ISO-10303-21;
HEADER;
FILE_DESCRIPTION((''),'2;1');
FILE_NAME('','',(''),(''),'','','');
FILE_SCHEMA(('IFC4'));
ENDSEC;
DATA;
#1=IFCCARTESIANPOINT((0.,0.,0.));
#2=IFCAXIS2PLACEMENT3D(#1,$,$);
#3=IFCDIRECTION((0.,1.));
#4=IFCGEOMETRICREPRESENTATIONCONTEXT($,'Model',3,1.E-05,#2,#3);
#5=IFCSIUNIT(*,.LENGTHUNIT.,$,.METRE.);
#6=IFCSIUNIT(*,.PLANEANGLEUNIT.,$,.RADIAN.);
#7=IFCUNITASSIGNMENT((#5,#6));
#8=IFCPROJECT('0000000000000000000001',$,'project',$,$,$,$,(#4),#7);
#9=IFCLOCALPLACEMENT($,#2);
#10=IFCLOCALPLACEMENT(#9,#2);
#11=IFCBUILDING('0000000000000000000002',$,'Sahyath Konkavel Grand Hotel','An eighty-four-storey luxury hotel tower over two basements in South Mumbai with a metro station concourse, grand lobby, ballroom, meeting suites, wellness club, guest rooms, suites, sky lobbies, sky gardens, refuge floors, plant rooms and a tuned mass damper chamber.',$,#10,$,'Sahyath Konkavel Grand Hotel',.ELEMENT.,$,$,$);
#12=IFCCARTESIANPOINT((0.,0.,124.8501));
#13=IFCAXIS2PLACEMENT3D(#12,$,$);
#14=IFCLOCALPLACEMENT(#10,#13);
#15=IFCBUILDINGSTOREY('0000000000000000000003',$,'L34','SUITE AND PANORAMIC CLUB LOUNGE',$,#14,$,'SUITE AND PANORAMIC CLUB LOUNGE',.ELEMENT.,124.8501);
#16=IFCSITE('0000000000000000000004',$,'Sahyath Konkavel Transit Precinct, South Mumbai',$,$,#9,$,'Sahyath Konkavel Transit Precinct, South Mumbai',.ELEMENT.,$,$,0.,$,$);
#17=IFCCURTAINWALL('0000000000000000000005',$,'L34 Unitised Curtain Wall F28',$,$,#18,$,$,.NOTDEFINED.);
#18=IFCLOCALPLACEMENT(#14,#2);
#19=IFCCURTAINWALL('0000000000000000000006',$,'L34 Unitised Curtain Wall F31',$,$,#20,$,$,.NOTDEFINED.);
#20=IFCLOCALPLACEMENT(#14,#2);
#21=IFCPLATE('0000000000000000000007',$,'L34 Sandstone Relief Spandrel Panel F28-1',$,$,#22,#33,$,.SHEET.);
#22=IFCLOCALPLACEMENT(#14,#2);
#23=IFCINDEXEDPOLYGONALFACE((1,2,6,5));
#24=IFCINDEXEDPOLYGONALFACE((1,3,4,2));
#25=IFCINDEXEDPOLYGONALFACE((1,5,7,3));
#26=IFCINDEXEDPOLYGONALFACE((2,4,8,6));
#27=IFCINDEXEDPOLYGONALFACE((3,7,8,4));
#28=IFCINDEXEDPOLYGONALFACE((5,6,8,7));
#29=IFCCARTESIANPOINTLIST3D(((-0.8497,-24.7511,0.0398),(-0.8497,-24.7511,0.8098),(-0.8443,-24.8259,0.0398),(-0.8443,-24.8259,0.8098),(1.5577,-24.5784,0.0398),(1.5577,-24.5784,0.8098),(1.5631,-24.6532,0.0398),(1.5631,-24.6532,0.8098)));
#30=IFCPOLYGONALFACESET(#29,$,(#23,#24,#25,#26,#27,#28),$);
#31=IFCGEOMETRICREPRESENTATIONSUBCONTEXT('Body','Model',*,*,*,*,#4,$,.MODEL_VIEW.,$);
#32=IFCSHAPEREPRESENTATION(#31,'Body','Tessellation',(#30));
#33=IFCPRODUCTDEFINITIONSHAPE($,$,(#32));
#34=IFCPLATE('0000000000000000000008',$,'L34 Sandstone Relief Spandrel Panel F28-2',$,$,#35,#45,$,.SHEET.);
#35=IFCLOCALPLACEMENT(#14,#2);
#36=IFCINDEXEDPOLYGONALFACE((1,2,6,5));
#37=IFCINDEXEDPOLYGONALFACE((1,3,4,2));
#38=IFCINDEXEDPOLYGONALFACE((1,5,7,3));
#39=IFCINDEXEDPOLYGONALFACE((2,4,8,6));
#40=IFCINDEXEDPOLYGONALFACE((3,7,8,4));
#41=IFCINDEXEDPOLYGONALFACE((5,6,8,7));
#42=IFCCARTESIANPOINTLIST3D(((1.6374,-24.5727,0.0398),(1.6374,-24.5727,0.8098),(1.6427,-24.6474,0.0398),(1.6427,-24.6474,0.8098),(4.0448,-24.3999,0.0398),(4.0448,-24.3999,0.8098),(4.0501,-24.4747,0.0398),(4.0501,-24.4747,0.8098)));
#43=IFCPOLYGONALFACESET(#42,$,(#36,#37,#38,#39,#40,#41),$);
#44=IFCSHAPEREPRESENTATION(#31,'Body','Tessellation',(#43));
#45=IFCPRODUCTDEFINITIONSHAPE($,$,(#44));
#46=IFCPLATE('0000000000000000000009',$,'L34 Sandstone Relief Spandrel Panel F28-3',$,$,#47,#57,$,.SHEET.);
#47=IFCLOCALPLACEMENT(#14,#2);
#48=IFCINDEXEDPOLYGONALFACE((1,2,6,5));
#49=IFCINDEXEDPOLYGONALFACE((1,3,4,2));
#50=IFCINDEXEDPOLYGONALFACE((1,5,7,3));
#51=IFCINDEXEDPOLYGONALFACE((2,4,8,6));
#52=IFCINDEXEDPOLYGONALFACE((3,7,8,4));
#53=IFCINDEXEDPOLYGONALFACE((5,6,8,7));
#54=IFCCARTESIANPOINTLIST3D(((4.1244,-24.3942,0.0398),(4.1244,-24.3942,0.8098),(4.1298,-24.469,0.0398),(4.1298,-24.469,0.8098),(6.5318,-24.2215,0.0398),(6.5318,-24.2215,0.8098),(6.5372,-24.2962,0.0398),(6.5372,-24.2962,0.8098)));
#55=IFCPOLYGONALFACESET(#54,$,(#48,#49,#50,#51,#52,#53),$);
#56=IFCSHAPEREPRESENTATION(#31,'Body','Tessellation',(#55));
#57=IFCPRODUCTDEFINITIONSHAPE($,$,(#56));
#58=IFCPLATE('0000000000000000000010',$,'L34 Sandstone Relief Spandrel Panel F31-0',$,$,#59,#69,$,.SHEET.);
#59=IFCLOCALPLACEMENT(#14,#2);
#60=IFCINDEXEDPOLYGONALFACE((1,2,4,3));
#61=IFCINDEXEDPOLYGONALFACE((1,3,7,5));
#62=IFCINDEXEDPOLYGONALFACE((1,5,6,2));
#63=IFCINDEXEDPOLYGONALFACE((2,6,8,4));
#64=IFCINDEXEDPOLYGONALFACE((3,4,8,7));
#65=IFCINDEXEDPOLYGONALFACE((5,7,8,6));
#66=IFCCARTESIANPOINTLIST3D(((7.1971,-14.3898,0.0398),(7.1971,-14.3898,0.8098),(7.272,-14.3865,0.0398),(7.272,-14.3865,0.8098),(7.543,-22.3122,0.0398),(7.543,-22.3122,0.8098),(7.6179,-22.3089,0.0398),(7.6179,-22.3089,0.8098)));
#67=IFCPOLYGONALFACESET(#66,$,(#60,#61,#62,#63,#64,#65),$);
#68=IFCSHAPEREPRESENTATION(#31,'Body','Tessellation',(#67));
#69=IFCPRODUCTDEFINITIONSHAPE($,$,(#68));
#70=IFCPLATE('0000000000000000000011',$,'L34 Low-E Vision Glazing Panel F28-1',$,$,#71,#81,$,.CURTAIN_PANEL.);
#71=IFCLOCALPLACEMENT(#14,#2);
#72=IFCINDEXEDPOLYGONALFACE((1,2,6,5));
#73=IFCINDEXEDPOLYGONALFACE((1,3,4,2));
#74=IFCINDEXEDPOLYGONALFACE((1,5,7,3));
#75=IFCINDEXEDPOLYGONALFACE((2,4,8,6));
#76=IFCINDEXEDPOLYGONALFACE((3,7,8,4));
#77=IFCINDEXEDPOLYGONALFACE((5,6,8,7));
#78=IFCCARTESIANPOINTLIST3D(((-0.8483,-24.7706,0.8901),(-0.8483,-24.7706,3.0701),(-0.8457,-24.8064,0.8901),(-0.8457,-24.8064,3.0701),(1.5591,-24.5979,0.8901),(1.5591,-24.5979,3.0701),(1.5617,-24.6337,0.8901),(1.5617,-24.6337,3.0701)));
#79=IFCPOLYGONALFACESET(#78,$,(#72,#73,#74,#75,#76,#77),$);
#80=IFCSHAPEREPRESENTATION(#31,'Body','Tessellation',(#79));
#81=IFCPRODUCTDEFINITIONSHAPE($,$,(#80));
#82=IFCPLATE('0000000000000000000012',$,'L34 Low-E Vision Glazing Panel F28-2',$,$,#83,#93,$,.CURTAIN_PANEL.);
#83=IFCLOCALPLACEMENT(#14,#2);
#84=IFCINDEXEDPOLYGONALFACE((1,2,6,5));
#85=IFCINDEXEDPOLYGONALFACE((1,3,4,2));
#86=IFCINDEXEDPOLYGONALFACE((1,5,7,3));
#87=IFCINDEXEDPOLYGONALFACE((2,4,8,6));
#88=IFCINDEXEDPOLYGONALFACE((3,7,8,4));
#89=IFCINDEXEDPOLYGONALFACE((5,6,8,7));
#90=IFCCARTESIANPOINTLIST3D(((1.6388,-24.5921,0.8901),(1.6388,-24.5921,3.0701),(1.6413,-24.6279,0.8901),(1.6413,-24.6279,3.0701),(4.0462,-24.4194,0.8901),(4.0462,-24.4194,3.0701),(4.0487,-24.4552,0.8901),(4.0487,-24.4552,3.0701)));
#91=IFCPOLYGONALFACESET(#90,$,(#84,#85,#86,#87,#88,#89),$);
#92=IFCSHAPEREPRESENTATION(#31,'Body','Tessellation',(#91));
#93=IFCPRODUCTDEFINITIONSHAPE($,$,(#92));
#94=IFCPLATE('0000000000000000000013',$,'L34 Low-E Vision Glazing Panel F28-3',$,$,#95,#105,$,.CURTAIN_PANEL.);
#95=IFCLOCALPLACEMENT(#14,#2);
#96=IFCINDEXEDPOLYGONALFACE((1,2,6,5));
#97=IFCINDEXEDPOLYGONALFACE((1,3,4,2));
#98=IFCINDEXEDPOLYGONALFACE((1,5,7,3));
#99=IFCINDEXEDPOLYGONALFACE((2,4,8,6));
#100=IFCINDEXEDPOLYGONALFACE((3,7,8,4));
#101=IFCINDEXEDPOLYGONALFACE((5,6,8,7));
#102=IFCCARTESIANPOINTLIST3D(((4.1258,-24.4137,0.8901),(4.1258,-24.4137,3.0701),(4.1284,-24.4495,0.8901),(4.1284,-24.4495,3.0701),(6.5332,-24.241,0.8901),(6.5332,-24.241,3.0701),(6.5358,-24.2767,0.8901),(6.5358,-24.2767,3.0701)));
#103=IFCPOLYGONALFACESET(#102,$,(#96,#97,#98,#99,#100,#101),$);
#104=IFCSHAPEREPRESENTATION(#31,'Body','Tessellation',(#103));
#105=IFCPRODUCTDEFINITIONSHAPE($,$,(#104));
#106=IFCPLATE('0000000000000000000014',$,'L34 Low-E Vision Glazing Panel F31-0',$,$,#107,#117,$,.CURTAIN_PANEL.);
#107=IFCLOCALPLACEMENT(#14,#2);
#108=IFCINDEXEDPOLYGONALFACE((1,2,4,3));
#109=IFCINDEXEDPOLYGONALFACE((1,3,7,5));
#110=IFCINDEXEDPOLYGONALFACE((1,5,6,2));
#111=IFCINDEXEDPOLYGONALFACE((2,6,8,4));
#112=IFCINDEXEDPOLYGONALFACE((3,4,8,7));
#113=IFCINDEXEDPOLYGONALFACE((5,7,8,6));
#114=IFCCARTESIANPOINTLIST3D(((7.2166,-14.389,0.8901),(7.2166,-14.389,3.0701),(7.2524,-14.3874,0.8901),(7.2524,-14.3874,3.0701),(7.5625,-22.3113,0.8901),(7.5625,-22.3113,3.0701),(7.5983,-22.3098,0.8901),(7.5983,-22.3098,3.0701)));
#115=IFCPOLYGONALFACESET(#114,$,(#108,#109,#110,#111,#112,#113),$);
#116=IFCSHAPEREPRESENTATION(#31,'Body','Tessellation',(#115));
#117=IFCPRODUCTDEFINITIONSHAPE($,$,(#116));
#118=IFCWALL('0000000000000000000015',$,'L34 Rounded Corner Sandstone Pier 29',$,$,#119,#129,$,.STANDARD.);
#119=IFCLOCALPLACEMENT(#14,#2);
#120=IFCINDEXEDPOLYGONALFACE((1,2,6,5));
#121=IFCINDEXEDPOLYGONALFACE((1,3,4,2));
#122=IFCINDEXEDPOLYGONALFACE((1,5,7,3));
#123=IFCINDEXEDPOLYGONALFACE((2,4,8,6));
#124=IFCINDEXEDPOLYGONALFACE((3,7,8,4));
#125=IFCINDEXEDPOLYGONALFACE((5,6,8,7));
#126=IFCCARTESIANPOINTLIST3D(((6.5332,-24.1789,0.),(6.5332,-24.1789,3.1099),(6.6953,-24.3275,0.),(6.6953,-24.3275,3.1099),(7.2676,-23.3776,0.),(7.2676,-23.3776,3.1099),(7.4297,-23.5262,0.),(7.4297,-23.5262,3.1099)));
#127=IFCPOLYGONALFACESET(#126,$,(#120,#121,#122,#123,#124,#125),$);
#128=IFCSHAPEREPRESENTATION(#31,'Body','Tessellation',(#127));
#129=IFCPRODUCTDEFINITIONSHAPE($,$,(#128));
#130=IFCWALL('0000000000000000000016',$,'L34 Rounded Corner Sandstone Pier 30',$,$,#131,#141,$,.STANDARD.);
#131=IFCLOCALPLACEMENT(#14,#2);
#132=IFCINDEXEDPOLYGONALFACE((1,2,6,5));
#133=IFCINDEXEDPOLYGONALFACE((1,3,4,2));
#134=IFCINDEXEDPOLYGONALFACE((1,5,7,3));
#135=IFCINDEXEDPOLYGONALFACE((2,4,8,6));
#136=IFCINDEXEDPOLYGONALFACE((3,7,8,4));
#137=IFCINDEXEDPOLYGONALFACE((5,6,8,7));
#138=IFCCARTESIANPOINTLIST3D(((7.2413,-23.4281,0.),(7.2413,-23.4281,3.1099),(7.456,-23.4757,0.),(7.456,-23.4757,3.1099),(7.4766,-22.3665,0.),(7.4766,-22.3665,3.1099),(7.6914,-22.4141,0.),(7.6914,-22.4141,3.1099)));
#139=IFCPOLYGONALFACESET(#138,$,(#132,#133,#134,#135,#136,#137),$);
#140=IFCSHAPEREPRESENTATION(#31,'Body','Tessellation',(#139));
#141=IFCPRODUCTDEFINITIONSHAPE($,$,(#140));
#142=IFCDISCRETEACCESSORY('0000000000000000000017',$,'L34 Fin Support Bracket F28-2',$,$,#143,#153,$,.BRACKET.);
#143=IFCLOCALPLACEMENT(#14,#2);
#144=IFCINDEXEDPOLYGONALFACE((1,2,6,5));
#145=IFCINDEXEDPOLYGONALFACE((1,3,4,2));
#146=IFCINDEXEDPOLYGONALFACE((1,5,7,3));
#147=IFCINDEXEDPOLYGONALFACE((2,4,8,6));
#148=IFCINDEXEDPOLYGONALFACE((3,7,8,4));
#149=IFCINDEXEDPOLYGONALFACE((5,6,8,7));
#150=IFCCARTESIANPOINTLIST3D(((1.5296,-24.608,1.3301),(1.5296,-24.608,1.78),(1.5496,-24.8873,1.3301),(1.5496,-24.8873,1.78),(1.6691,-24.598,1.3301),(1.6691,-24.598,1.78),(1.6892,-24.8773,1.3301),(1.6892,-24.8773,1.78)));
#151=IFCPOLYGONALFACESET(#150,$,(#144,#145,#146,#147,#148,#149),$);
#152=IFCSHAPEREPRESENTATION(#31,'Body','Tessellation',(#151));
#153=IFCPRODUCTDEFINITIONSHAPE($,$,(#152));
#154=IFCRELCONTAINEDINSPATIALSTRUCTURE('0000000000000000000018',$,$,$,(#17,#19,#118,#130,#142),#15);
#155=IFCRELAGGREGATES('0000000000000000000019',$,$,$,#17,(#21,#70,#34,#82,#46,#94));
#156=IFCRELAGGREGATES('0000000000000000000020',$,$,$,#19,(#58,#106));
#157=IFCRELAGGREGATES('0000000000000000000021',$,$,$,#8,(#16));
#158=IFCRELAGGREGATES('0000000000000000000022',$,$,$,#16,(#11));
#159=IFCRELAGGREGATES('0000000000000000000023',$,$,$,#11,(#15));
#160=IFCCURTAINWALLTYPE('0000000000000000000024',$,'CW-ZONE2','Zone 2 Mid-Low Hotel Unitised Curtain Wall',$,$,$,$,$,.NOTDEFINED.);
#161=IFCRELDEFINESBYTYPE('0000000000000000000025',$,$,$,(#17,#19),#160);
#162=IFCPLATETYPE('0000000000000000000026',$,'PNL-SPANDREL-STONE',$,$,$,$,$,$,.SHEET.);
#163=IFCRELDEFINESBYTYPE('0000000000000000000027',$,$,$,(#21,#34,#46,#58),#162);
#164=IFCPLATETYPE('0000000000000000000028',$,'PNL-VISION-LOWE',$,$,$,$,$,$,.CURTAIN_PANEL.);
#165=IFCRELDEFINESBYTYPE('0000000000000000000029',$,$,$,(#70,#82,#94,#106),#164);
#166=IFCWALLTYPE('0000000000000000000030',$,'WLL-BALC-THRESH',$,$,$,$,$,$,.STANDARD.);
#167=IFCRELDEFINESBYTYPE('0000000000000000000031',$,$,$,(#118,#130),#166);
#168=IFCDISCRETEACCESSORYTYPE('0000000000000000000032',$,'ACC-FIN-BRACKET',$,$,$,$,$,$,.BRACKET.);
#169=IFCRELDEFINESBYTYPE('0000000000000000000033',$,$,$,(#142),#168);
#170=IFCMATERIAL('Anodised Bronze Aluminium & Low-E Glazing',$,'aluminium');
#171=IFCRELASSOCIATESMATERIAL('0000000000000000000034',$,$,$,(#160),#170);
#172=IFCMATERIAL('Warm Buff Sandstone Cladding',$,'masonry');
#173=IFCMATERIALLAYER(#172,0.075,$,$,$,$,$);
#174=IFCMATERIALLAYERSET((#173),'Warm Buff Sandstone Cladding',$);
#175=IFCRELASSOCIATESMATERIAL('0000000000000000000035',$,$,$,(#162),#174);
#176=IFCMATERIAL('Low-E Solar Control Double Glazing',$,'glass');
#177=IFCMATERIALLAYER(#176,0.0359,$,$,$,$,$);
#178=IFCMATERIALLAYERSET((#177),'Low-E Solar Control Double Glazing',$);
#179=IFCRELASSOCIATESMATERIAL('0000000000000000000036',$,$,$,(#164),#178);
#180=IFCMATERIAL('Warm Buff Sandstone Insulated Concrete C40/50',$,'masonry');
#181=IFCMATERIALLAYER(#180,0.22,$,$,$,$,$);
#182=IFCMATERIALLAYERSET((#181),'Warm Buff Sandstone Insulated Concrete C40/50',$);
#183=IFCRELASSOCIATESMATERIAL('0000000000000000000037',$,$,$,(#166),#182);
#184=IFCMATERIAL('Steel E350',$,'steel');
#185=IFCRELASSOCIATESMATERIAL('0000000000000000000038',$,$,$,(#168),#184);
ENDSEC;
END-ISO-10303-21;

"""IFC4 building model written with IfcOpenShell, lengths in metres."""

from ifc_helpers import new_model, si_unit, direction, frame, frame_2d, origin, origin_2d, place, context, subcontext, project, spatial, rectangle, extrude, source, transform, mapped, material, layer, layer_set, type_object, element, aggregate, save


model = new_model("IFC4")

# Units and contexts
model_context = context("Model", 3, precision=1e-05, world=origin(), true_north=direction((0.0, 1.0)))
body_context = subcontext(model_context, "Body", "Model", "MODEL_VIEW")
ifc_project = project(units=[si_unit("LENGTHUNIT", "METRE"), si_unit("PLANEANGLEUNIT", "RADIAN")], contexts=[model_context])

# Site, building, storey
site_placement = place(None, origin())
site = spatial("IfcSite", under=ifc_project, at=site_placement, Name="Sahyath Konkavel Transit Precinct, South Mumbai", LongName="Sahyath Konkavel Transit Precinct, South Mumbai", CompositionType="ELEMENT", RefElevation=0.0)
building_placement = place(site_placement, origin())
building = spatial("IfcBuilding", under=site, at=building_placement, Name="Sahyath Konkavel Grand Hotel", Description="An eighty-four-storey luxury hotel tower over two basements in South Mumbai with a metro station concourse, grand lobby, ballroom, meeting suites, wellness club, guest rooms, suites, sky lobbies, sky gardens, refuge floors, plant rooms and a tuned mass damper chamber.", LongName="Sahyath Konkavel Grand Hotel", CompositionType="ELEMENT")
storey_placement = place(building_placement, frame((0.0, 0.0, 124.8501)))
storey = spatial("IfcBuildingStorey", under=building, at=storey_placement, Name="L34", Description="SUITE AND PANORAMIC CLUB LOUNGE", LongName="SUITE AND PANORAMIC CLUB LOUNGE", CompositionType="ELEMENT", Elevation=124.8501)

# Curtain wall
ifc_material_1 = material(Name="Anodised Bronze Aluminium & Low-E Glazing", Category="aluminium")
curtain_wall_type = type_object("IfcCurtainWallType", Name="CW-ZONE2", Description="Zone 2 Mid-Low Hotel Unitised Curtain Wall", PredefinedType="NOTDEFINED", material=ifc_material_1)
curtain_wall_1_placement = place(storey_placement, origin())
curtain_wall_1 = element("IfcCurtainWall", 1, at=curtain_wall_1_placement, inside=storey, type_object=curtain_wall_type, Name="L34 Unitised Curtain Wall F28", PredefinedType="NOTDEFINED")

# Curtain wall
curtain_wall_2_placement = place(storey_placement, origin())
curtain_wall_2 = element("IfcCurtainWall", 2, at=curtain_wall_2_placement, inside=storey, type_object=curtain_wall_type, Name="L34 Unitised Curtain Wall F31", PredefinedType="NOTDEFINED")

# Plates
ifc_material_2 = material(Name="Warm Buff Sandstone Cladding", Category="masonry")
ifc_layer_1 = layer(ifc_material_2, 0.075)
ifc_layer_set_1 = layer_set([ifc_layer_1], Name="Warm Buff Sandstone Cladding")
plate_type_1 = type_object("IfcPlateType", Name="PNL-SPANDREL-STONE", PredefinedType="SHEET", material=ifc_layer_set_1)
shared_shape_1 = source(origin(), body_context, "Body", "SweptSolid", [
    extrude(rectangle(XDim=2.4136, YDim=0.075, at=origin_2d()), origin(), (0.0, 0.0, 1.0), 0.77),
])
plate_1_placement = place(storey_placement, frame((0.3567, -24.7021, 0.0398), z_axis=(0.0, 0.0, 1.0), x_axis=(0.997436, 0.071567, 0.0)))
plate_1 = element("IfcPlate", 3, at=plate_1_placement, type_object=plate_type_1, Name="L34 Sandstone Relief Spandrel Panel F28-1", PredefinedType="SHEET", context=body_context, shape_type="MappedRepresentation", body=[
    mapped(shared_shape_1, transform((0.0, 0.0, 0.0), scale=1.0)),
])
plate_2_placement = place(storey_placement, frame((2.8438, -24.5237, 0.0398), z_axis=(0.0, 0.0, 1.0), x_axis=(0.997436, 0.071567, 0.0)))
plate_2 = element("IfcPlate", 4, at=plate_2_placement, type_object=plate_type_1, Name="L34 Sandstone Relief Spandrel Panel F28-2", PredefinedType="SHEET", context=body_context, shape_type="MappedRepresentation", body=[
    mapped(shared_shape_1, transform((0.0, 0.0, 0.0), scale=1.0)),
])
plate_3_placement = place(storey_placement, frame((5.3308, -24.3452, 0.0398), z_axis=(0.0, 0.0, 1.0), x_axis=(0.997436, 0.071567, 0.0)))
plate_3 = element("IfcPlate", 5, at=plate_3_placement, type_object=plate_type_1, Name="L34 Sandstone Relief Spandrel Panel F28-3", PredefinedType="SHEET", context=body_context, shape_type="MappedRepresentation", body=[
    mapped(shared_shape_1, transform((0.0, 0.0, 0.0), scale=1.0)),
])
shared_shape_2 = source(origin(), body_context, "Body", "SweptSolid", [
    extrude(rectangle(XDim=7.9299, YDim=0.075, at=origin_2d()), origin(), (0.0, 0.0, 1.0), 0.77),
])
plate_4_placement = place(storey_placement, frame((7.4075, -18.3494, 0.0398), z_axis=(0.0, 0.0, 1.0), x_axis=(-0.043619, 0.999048, 0.0)))
plate_4 = element("IfcPlate", 6, at=plate_4_placement, type_object=plate_type_1, Name="L34 Sandstone Relief Spandrel Panel F31-0", PredefinedType="SHEET", context=body_context, shape_type="MappedRepresentation", body=[
    mapped(shared_shape_2, transform((0.0, 0.0, 0.0), scale=1.0)),
])
ifc_material_3 = material(Name="Low-E Solar Control Double Glazing", Category="glass")
ifc_layer_2 = layer(ifc_material_3, 0.0359)
ifc_layer_set_2 = layer_set([ifc_layer_2], Name="Low-E Solar Control Double Glazing")
plate_type_2 = type_object("IfcPlateType", Name="PNL-VISION-LOWE", PredefinedType="CURTAIN_PANEL", material=ifc_layer_set_2)
shared_shape_3 = source(origin(), body_context, "Body", "SweptSolid", [
    extrude(rectangle(XDim=2.4136, YDim=0.0359, at=origin_2d()), origin(), (0.0, 0.0, 1.0), 2.1799),
])
plate_5_placement = place(storey_placement, frame((0.3567, -24.7021, 0.8901), z_axis=(0.0, 0.0, 1.0), x_axis=(0.997436, 0.071567, 0.0)))
plate_5 = element("IfcPlate", 7, at=plate_5_placement, type_object=plate_type_2, Name="L34 Low-E Vision Glazing Panel F28-1", PredefinedType="CURTAIN_PANEL", context=body_context, shape_type="MappedRepresentation", body=[
    mapped(shared_shape_3, transform((0.0, 0.0, 0.0), scale=1.0)),
])
plate_6_placement = place(storey_placement, frame((2.8438, -24.5237, 0.8901), z_axis=(0.0, 0.0, 1.0), x_axis=(0.997436, 0.071567, 0.0)))
plate_6 = element("IfcPlate", 8, at=plate_6_placement, type_object=plate_type_2, Name="L34 Low-E Vision Glazing Panel F28-2", PredefinedType="CURTAIN_PANEL", context=body_context, shape_type="MappedRepresentation", body=[
    mapped(shared_shape_3, transform((0.0, 0.0, 0.0), scale=1.0)),
])
plate_7_placement = place(storey_placement, frame((5.3308, -24.3452, 0.8901), z_axis=(0.0, 0.0, 1.0), x_axis=(0.997436, 0.071567, 0.0)))
plate_7 = element("IfcPlate", 9, at=plate_7_placement, type_object=plate_type_2, Name="L34 Low-E Vision Glazing Panel F28-3", PredefinedType="CURTAIN_PANEL", context=body_context, shape_type="MappedRepresentation", body=[
    mapped(shared_shape_3, transform((0.0, 0.0, 0.0), scale=1.0)),
])
aggregate(curtain_wall_1, [plate_1, plate_5, plate_2, plate_6, plate_3, plate_7])
shared_shape_4 = source(origin(), body_context, "Body", "SweptSolid", [
    extrude(rectangle(XDim=7.9299, YDim=0.0359, at=origin_2d()), origin(), (0.0, 0.0, 1.0), 2.1799),
])
plate_8_placement = place(storey_placement, frame((7.4075, -18.3494, 0.8901), z_axis=(0.0, 0.0, 1.0), x_axis=(-0.043619, 0.999048, 0.0)))
plate_8 = element("IfcPlate", 10, at=plate_8_placement, type_object=plate_type_2, Name="L34 Low-E Vision Glazing Panel F31-0", PredefinedType="CURTAIN_PANEL", context=body_context, shape_type="MappedRepresentation", body=[
    mapped(shared_shape_4, transform((0.0, 0.0, 0.0), scale=1.0)),
])
aggregate(curtain_wall_2, [plate_4, plate_8])

# Walls
ifc_material_4 = material(Name="Warm Buff Sandstone Insulated Concrete C40/50", Category="masonry")
ifc_layer_3 = layer(ifc_material_4, 0.22)
ifc_layer_set_3 = layer_set([ifc_layer_3], Name="Warm Buff Sandstone Insulated Concrete C40/50")
wall_type = type_object("IfcWallType", Name="WLL-BALC-THRESH", PredefinedType="STANDARD", material=ifc_layer_set_3)
wall_1_placement = place(storey_placement, frame((6.6143, -24.2532, 0.0), z_axis=(0.0, 0.0, 1.0), x_axis=(0.675664, 0.73721, 0.0)))
element("IfcWall", 11, at=wall_1_placement, inside=storey, type_object=wall_type, Name="L34 Rounded Corner Sandstone Pier 29", PredefinedType="STANDARD", context=body_context, shape_type="SweptSolid", body=[
    extrude(rectangle(XDim=1.0869, YDim=0.22, at=frame_2d((0.5435, 0.0))), origin(), (0.0, 0.0, 1.0), 3.1099),
])
wall_2_placement = place(storey_placement, frame((7.3486, -23.4519, 0.0), z_axis=(0.0, 0.0, 1.0), x_axis=(0.216455, 0.976293, 0.0)))
element("IfcWall", 12, at=wall_2_placement, inside=storey, type_object=wall_type, Name="L34 Rounded Corner Sandstone Pier 30", PredefinedType="STANDARD", context=body_context, shape_type="SweptSolid", body=[
    extrude(rectangle(XDim=1.0874, YDim=0.22, at=frame_2d((0.5437, 0.0))), origin(), (0.0, 0.0, 1.0), 3.1099),
])

# Discrete accessory
ifc_material_5 = material(Name="Steel E350", Category="steel")
discrete_accessory_type = type_object("IfcDiscreteAccessoryType", Name="ACC-FIN-BRACKET", PredefinedType="BRACKET", material=ifc_material_5)
shared_shape_5 = source(origin(), body_context, "Body", "SweptSolid", [
    extrude(rectangle(XDim=0.28, YDim=0.1399, at=origin_2d()), origin(), (0.0, 0.0, 1.0), 0.45),
])
discrete_accessory_placement = place(storey_placement, frame((1.6094, -24.7427, 1.3301), z_axis=(0.0, 0.0, 1.0), x_axis=(0.071567, -0.997436, 0.0)))
element("IfcDiscreteAccessory", 13, at=discrete_accessory_placement, inside=storey, type_object=discrete_accessory_type, Name="L34 Fin Support Bracket F28-2", PredefinedType="BRACKET", context=body_context, shape_type="MappedRepresentation", body=[
    mapped(shared_shape_5, transform((0.0, 0.0, 0.0), scale=1.0)),
])

save(model, "model.ifc")
